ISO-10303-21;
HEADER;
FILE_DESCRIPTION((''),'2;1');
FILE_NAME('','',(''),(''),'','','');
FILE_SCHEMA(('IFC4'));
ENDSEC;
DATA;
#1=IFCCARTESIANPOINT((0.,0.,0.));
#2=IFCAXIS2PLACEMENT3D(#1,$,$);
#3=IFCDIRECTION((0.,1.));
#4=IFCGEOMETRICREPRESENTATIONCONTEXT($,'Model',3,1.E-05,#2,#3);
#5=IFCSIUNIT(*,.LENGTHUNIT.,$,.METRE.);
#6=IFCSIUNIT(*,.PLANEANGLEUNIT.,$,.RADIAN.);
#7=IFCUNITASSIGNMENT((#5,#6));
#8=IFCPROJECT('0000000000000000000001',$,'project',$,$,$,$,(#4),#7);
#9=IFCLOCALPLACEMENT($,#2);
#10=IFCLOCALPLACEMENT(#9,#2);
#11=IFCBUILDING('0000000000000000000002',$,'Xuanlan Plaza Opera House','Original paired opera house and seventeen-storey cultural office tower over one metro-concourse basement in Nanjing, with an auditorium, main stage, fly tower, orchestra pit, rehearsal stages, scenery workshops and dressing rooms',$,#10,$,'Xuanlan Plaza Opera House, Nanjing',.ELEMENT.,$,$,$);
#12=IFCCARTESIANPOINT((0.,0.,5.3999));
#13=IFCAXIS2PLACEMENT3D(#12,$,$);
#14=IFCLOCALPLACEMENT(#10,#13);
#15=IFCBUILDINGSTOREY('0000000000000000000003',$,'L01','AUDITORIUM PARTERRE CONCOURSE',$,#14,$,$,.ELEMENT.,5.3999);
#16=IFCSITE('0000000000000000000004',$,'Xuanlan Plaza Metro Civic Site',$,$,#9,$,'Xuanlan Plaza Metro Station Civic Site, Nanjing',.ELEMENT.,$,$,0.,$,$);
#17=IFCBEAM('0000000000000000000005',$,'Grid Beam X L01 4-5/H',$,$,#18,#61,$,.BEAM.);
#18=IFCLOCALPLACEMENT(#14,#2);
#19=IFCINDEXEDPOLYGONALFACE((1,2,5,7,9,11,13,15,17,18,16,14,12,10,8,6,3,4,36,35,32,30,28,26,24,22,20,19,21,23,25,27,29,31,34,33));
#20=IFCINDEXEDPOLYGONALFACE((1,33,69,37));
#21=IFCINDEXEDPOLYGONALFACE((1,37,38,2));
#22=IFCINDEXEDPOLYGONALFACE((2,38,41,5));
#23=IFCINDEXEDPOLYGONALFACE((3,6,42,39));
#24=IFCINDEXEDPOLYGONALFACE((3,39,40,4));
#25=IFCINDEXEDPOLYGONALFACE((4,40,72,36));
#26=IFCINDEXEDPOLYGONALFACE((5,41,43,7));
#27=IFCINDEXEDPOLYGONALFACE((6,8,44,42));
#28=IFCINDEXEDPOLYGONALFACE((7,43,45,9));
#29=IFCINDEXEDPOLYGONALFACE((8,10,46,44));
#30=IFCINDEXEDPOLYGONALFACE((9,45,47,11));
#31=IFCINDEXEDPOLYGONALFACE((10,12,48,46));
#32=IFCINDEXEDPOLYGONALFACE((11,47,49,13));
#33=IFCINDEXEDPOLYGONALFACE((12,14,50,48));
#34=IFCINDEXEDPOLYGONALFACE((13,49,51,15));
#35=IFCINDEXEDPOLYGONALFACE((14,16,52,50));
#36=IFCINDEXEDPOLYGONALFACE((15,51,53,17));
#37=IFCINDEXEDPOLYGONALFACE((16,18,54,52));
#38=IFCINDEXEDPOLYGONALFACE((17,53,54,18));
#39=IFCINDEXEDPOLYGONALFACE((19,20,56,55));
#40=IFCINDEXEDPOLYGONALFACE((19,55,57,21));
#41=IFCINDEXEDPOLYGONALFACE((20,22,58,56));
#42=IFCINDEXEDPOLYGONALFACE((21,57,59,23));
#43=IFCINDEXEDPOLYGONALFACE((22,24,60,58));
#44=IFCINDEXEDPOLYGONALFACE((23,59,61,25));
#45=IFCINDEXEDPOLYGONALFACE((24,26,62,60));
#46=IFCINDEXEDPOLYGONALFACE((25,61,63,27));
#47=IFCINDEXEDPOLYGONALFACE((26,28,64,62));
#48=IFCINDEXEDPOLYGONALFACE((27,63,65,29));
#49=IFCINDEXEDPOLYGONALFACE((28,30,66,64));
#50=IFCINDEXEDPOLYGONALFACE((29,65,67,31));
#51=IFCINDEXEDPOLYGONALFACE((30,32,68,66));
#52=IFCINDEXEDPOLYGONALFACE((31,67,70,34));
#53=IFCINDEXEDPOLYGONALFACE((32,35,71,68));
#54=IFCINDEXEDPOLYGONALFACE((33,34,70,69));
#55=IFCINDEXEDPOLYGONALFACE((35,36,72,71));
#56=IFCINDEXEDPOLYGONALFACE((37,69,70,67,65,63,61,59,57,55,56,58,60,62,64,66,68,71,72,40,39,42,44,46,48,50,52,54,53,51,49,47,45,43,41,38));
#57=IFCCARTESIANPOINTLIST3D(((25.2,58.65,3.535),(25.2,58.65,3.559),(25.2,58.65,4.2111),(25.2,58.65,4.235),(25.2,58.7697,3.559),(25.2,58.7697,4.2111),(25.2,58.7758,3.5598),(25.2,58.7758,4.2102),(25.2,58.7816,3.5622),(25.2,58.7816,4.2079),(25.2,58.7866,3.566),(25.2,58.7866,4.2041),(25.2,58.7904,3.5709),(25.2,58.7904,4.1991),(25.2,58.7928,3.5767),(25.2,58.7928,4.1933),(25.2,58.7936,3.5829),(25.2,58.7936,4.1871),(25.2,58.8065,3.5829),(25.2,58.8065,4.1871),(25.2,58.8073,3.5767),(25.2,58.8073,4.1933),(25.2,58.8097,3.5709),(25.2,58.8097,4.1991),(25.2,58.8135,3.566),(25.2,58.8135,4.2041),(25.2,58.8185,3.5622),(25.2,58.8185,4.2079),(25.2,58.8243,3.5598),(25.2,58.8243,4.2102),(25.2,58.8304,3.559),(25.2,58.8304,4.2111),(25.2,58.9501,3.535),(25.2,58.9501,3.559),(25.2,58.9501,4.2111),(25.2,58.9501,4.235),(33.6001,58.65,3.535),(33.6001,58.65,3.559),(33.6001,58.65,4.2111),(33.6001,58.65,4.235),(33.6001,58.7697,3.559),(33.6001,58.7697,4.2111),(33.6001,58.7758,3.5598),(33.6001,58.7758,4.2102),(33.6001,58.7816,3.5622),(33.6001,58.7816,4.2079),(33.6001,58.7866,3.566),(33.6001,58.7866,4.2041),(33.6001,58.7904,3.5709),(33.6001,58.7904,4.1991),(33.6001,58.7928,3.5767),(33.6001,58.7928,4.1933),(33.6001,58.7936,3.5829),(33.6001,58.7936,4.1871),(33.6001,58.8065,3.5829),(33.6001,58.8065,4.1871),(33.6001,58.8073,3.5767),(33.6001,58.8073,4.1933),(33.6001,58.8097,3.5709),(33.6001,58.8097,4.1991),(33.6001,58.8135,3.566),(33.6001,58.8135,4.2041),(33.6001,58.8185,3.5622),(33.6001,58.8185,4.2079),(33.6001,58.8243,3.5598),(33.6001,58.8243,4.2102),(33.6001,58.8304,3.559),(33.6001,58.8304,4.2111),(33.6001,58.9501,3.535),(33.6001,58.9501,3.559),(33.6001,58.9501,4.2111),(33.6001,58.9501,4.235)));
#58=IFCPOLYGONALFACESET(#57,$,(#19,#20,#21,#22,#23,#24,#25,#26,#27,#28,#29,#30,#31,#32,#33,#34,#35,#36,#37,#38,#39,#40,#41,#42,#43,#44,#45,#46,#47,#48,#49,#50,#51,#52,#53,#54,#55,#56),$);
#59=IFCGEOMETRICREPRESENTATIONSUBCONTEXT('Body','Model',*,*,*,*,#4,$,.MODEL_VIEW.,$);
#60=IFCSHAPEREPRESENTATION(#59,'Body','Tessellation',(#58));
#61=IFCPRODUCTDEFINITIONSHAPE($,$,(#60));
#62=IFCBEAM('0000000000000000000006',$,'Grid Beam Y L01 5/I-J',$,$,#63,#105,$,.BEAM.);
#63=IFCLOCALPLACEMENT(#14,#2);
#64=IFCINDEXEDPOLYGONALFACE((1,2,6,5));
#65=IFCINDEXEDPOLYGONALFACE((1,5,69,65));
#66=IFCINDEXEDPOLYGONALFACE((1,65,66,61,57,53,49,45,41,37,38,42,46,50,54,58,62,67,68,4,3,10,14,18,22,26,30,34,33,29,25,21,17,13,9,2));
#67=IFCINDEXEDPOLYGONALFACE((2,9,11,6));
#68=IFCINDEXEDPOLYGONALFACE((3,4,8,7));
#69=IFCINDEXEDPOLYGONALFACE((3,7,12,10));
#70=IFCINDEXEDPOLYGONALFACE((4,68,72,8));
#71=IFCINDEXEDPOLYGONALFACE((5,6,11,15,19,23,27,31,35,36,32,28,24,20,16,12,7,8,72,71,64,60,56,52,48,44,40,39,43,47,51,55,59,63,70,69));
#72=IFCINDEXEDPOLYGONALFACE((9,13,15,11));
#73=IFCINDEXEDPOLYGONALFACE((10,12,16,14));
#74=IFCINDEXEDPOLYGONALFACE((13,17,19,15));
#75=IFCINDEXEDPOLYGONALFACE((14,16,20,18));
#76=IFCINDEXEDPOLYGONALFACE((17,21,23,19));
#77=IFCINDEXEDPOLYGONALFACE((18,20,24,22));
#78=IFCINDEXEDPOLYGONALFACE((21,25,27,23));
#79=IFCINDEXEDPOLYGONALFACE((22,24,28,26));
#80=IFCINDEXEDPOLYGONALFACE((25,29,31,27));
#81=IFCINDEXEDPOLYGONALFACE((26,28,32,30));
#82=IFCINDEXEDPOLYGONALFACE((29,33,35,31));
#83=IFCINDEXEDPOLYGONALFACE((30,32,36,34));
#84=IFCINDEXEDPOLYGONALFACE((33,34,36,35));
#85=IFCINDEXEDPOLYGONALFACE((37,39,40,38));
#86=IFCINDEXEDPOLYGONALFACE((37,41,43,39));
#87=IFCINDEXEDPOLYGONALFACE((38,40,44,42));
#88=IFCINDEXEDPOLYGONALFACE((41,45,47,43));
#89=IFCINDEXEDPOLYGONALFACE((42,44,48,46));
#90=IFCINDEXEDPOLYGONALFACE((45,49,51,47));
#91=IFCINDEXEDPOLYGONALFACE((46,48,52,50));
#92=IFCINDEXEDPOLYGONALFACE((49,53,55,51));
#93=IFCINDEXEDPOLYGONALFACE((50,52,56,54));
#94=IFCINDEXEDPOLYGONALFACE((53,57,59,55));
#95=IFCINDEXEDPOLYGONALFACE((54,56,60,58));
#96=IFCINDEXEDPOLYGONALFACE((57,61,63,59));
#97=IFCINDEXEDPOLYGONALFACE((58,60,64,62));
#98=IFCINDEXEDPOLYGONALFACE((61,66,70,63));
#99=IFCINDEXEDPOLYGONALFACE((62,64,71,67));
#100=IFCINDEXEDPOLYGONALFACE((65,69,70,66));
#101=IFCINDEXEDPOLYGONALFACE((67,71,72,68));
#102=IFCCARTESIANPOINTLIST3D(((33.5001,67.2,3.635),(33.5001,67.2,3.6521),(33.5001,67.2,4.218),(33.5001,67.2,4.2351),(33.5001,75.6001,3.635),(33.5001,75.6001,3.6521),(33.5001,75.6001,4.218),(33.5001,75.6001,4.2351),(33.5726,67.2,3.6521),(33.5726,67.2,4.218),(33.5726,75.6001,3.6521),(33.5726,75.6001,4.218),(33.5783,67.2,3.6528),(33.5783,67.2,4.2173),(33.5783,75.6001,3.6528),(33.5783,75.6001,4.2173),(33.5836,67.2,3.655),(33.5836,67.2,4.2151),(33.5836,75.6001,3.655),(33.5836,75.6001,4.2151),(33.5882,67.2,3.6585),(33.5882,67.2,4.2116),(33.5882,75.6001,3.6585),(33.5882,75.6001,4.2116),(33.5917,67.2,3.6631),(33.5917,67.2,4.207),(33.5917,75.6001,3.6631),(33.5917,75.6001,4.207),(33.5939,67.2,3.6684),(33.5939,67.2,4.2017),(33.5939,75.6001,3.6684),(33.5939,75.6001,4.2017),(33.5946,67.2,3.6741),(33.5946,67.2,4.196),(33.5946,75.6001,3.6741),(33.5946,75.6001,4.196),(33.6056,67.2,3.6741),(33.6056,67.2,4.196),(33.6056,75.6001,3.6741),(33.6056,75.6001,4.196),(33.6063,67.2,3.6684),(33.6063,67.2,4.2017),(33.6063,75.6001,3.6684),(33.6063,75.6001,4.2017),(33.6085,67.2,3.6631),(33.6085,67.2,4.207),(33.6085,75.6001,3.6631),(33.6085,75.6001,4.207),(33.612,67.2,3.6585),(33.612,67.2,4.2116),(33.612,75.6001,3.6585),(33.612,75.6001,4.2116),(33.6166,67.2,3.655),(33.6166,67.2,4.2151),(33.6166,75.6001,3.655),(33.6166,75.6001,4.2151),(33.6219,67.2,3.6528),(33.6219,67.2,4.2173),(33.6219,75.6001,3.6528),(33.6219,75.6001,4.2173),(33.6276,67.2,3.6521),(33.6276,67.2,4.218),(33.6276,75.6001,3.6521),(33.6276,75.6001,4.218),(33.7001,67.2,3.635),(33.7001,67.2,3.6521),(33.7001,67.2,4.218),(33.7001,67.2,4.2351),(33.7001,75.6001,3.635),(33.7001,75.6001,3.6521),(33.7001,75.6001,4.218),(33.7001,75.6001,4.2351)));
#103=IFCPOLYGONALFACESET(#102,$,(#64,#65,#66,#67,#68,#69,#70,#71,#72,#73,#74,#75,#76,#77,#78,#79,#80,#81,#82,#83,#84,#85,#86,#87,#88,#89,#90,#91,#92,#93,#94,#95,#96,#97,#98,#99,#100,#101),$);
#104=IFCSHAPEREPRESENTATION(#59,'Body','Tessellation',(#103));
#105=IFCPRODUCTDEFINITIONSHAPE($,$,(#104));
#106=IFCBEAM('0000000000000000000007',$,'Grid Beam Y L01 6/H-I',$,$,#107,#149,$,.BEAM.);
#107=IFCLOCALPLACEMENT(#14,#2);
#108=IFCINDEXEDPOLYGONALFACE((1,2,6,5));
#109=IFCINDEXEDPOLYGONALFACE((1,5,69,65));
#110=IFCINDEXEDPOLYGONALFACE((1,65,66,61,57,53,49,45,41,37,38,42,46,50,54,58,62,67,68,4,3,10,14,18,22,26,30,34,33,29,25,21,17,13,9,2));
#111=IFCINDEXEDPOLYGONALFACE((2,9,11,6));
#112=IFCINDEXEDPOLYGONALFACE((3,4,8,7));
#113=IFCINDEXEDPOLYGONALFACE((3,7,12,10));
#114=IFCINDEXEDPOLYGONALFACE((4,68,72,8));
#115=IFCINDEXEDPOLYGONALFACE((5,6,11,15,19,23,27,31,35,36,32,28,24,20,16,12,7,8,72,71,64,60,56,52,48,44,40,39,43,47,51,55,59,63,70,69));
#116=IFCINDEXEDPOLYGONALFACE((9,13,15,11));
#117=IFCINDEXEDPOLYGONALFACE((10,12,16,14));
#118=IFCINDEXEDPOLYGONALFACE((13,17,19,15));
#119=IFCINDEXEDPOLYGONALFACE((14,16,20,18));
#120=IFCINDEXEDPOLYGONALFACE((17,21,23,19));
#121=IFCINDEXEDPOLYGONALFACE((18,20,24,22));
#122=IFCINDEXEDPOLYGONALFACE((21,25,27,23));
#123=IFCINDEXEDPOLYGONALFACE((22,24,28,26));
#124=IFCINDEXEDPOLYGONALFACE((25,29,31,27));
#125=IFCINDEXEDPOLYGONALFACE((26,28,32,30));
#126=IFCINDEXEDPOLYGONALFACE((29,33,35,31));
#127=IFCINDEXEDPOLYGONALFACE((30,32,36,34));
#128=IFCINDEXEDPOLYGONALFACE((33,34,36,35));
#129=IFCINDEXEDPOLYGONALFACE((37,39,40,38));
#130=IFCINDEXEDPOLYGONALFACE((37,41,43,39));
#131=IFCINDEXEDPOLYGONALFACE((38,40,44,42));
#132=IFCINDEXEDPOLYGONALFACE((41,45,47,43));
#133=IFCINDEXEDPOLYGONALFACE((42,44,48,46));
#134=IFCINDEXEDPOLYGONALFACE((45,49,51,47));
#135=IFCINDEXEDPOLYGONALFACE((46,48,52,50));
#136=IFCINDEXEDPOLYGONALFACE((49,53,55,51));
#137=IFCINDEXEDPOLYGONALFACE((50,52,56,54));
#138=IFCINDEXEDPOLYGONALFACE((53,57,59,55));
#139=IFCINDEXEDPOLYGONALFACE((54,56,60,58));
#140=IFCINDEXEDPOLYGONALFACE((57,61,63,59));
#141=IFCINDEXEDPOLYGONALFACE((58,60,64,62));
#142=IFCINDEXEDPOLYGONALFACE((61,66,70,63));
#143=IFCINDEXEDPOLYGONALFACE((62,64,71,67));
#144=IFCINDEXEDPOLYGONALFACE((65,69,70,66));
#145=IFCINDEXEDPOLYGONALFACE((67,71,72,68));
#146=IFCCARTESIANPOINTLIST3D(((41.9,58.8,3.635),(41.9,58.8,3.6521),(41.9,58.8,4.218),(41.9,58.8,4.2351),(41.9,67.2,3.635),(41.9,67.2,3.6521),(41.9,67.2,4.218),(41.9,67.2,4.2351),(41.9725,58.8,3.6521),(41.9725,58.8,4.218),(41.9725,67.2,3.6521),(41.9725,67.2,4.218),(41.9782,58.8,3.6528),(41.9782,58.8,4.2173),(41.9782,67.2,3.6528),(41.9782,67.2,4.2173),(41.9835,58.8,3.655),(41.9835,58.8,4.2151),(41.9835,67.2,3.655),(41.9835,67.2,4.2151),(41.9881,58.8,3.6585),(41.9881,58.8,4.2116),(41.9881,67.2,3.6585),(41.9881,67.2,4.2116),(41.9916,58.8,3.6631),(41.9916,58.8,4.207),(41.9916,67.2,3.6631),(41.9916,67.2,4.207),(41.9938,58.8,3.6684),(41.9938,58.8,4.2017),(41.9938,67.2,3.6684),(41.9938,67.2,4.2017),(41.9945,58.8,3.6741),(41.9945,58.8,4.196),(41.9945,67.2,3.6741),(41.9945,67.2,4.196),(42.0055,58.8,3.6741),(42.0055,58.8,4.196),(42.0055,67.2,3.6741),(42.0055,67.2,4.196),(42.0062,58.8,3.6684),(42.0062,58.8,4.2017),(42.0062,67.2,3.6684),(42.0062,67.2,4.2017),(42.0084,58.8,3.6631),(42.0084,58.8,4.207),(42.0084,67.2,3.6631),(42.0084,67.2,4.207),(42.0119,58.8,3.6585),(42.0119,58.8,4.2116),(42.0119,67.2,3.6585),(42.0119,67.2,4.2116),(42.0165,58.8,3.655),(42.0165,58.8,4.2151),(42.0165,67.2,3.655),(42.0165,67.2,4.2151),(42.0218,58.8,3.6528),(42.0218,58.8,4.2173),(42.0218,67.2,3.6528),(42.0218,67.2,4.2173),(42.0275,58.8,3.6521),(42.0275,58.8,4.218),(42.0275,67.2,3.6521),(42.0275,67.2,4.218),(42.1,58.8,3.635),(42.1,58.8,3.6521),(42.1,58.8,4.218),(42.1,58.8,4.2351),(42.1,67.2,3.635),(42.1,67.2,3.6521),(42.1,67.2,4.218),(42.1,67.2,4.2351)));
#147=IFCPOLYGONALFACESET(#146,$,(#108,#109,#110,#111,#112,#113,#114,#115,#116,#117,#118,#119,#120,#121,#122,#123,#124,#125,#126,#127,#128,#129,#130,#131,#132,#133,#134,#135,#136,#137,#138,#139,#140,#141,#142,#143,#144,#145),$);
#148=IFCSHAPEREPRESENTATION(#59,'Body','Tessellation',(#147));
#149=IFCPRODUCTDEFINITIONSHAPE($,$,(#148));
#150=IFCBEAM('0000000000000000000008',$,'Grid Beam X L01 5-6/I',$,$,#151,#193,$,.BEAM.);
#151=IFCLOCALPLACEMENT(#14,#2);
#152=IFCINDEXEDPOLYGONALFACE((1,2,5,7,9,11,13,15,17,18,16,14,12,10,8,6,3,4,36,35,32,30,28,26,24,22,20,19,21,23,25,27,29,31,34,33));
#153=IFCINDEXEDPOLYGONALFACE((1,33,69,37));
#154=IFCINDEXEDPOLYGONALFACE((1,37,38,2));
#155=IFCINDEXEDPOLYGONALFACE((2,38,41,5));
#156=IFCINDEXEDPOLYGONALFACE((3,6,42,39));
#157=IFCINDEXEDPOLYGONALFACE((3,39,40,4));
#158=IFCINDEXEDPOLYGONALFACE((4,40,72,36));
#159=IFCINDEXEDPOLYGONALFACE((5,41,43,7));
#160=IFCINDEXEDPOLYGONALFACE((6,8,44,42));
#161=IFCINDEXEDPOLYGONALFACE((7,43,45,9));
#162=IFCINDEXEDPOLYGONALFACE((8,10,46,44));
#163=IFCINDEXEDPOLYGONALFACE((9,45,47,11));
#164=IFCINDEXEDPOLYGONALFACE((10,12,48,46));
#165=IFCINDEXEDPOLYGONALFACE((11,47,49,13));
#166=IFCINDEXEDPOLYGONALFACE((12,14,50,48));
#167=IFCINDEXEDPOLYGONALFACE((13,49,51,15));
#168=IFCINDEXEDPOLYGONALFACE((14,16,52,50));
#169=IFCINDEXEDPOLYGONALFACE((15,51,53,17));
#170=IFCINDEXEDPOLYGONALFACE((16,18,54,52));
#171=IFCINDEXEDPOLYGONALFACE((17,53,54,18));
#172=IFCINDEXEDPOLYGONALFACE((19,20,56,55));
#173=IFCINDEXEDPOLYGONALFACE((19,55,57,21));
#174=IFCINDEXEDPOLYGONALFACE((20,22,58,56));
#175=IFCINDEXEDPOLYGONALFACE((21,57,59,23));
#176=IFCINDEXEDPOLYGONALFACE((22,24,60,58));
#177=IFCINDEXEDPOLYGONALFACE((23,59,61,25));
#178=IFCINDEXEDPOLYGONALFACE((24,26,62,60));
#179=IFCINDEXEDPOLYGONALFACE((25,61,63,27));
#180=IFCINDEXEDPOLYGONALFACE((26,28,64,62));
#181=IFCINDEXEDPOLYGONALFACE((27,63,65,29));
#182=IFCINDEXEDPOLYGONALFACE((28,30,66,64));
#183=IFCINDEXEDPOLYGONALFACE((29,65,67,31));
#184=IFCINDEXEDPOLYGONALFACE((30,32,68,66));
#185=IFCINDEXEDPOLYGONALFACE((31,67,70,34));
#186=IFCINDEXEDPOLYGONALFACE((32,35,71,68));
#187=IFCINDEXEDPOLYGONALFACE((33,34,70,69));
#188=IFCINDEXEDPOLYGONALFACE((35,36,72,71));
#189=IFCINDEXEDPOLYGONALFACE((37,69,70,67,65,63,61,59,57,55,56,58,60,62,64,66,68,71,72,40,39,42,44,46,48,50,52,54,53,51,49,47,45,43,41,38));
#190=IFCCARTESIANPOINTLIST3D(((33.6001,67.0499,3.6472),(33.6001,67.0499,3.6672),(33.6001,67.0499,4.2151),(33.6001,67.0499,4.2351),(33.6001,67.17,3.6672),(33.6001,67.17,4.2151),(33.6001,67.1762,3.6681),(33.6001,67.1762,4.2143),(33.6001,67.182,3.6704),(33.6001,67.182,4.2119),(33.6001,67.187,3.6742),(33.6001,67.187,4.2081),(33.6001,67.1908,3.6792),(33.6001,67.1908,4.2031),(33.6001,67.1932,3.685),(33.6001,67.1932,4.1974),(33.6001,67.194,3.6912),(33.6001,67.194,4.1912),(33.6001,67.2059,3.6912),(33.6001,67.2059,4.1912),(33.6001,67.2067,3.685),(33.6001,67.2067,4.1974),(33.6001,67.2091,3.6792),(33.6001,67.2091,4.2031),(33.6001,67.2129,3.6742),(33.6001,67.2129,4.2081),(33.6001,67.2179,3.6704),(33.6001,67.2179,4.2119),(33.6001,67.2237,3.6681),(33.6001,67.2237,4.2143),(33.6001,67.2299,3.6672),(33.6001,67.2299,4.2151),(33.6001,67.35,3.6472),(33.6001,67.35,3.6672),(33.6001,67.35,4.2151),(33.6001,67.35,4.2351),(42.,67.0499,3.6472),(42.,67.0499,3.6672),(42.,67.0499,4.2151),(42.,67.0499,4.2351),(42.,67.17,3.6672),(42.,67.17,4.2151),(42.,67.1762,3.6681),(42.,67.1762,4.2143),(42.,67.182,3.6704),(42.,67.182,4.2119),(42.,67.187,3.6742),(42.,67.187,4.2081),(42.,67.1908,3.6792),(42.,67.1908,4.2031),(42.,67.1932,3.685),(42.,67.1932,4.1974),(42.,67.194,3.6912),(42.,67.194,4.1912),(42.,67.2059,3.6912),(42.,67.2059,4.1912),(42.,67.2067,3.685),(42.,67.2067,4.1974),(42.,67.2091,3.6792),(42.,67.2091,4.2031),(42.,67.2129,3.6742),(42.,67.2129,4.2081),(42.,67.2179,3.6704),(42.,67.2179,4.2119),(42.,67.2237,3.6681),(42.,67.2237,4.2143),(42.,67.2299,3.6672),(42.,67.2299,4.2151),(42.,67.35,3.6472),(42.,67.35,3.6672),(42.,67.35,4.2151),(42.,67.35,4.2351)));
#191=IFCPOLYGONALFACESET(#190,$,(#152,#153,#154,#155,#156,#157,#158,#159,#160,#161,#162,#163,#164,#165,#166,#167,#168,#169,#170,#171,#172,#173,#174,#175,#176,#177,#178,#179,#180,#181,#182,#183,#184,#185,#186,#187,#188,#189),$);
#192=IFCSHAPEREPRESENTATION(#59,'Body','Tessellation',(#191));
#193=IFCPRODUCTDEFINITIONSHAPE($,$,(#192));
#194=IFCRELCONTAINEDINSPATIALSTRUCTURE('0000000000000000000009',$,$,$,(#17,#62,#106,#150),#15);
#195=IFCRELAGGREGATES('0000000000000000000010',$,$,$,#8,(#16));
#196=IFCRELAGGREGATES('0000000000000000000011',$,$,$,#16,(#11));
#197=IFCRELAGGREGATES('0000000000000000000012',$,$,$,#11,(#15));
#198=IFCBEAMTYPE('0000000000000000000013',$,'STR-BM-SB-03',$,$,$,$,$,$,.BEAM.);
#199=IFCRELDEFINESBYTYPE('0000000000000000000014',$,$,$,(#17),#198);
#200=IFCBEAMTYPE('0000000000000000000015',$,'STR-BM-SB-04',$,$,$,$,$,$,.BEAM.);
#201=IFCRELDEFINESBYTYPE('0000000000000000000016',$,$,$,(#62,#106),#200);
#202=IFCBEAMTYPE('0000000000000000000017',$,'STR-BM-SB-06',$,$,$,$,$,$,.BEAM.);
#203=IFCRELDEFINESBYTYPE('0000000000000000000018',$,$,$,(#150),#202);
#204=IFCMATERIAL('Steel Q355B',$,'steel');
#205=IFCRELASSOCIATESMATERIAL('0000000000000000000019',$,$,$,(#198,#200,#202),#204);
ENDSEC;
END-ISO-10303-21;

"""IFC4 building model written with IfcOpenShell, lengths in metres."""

from ifc_helpers import new_model, si_unit, direction, frame, origin, origin_2d, place, context, subcontext, project, spatial, i_section, extrude, material, material_profile, profile_set, type_object, element, save


model = new_model("IFC4")

# Units and contexts
model_context = context("Model", 3, precision=1e-05, world=origin(), true_north=direction((0.0, 1.0)))
body_context = subcontext(model_context, "Body", "Model", "MODEL_VIEW")
ifc_project = project(units=[si_unit("LENGTHUNIT", "METRE"), si_unit("PLANEANGLEUNIT", "RADIAN")], contexts=[model_context])

# Site, building, storey
site_placement = place(None, origin())
site = spatial("IfcSite", under=ifc_project, at=site_placement, Name="Xuanlan Plaza Metro Civic Site", LongName="Xuanlan Plaza Metro Station Civic Site, Nanjing", CompositionType="ELEMENT", RefElevation=0.0)
building_placement = place(site_placement, origin())
building = spatial("IfcBuilding", under=site, at=building_placement, Name="Xuanlan Plaza Opera House", Description="Original paired opera house and seventeen-storey cultural office tower over one metro-concourse basement in Nanjing, with an auditorium, main stage, fly tower, orchestra pit, rehearsal stages, scenery workshops and dressing rooms", LongName="Xuanlan Plaza Opera House, Nanjing", CompositionType="ELEMENT")
storey_placement = place(building_placement, frame((0.0, 0.0, 5.3999)))
storey = spatial("IfcBuildingStorey", under=building, at=storey_placement, Name="L01", Description="AUDITORIUM PARTERRE CONCOURSE", CompositionType="ELEMENT", Elevation=5.3999)

# Beams
ifc_material_1 = material(Name="Steel Q355B", Category="steel")
ifc_material_profile_1 = material_profile(ifc_material_1, i_section(OverallWidth=0.3, OverallDepth=0.7, WebThickness=0.0129, FlangeThickness=0.0239, FilletRadius=0.0239, at=origin_2d()), Name="HN 700x300x13x24")
ifc_profile_set_1 = profile_set([ifc_material_profile_1], Name="Steel Q355B")
beam_type_1 = type_object("IfcBeamType", Name="STR-BM-SB-03", PredefinedType="BEAM", material=ifc_profile_set_1)
beam_1_placement = place(storey_placement, frame((25.2, 58.8, 3.885), z_axis=(1.0, 0.0, 0.0), x_axis=(0.0, 1.0, 0.0)))
element("IfcBeam", 1, at=beam_1_placement, inside=storey, type_object=beam_type_1, Name="Grid Beam X L01 4-5/H", PredefinedType="BEAM", context=body_context, shape_type="SweptSolid", body=[
    extrude(i_section(OverallWidth=0.3, OverallDepth=0.7, WebThickness=0.0129, FlangeThickness=0.0239, FilletRadius=0.0239, at=origin_2d()), origin(), (0.0, 0.0, 1.0), 8.4001),
])
ifc_material_profile_2 = material_profile(ifc_material_1, i_section(OverallWidth=0.2, OverallDepth=0.6001, WebThickness=0.011, FlangeThickness=0.0171, FilletRadius=0.022, at=origin_2d()), Name="HN 600x200x11x17")
ifc_profile_set_2 = profile_set([ifc_material_profile_2], Name="Steel Q355B")
beam_type_2 = type_object("IfcBeamType", Name="STR-BM-SB-04", PredefinedType="BEAM", material=ifc_profile_set_2)
beam_2_placement = place(storey_placement, frame((33.6001, 67.2, 3.9351), z_axis=(0.0, 1.0, 0.0), x_axis=(-1.0, 0.0, 0.0)))
element("IfcBeam", 2, at=beam_2_placement, inside=storey, type_object=beam_type_2, Name="Grid Beam Y L01 5/I-J", PredefinedType="BEAM", context=body_context, shape_type="SweptSolid", body=[
    extrude(i_section(OverallWidth=0.2, OverallDepth=0.6001, WebThickness=0.011, FlangeThickness=0.0171, FilletRadius=0.022, at=origin_2d()), origin(), (0.0, 0.0, 1.0), 8.4001),
])
beam_3_placement = place(storey_placement, frame((42.0, 58.8, 3.9351), z_axis=(0.0, 1.0, 0.0), x_axis=(-1.0, 0.0, 0.0)))
element("IfcBeam", 3, at=beam_3_placement, inside=storey, type_object=beam_type_2, Name="Grid Beam Y L01 6/H-I", PredefinedType="BEAM", context=body_context, shape_type="SweptSolid", body=[
    extrude(i_section(OverallWidth=0.2, OverallDepth=0.6001, WebThickness=0.011, FlangeThickness=0.0171, FilletRadius=0.022, at=origin_2d()), origin(), (0.0, 0.0, 1.0), 8.3999),
])
ifc_material_profile_3 = material_profile(ifc_material_1, i_section(OverallWidth=0.3, OverallDepth=0.5879, WebThickness=0.012, FlangeThickness=0.02, FilletRadius=0.0239, at=origin_2d()), Name="HM 588x300x12x20")
ifc_profile_set_3 = profile_set([ifc_material_profile_3], Name="Steel Q355B")
beam_type_3 = type_object("IfcBeamType", Name="STR-BM-SB-06", PredefinedType="BEAM", material=ifc_profile_set_3)
beam_4_placement = place(storey_placement, frame((33.6001, 67.2, 3.9412), z_axis=(1.0, 0.0, 0.0), x_axis=(0.0, 1.0, 0.0)))
element("IfcBeam", 4, at=beam_4_placement, inside=storey, type_object=beam_type_3, Name="Grid Beam X L01 5-6/I", PredefinedType="BEAM", context=body_context, shape_type="SweptSolid", body=[
    extrude(i_section(OverallWidth=0.3, OverallDepth=0.5879, WebThickness=0.012, FlangeThickness=0.02, FilletRadius=0.0239, at=origin_2d()), origin(), (0.0, 0.0, 1.0), 8.3999),
])

save(model, "model.ifc")
